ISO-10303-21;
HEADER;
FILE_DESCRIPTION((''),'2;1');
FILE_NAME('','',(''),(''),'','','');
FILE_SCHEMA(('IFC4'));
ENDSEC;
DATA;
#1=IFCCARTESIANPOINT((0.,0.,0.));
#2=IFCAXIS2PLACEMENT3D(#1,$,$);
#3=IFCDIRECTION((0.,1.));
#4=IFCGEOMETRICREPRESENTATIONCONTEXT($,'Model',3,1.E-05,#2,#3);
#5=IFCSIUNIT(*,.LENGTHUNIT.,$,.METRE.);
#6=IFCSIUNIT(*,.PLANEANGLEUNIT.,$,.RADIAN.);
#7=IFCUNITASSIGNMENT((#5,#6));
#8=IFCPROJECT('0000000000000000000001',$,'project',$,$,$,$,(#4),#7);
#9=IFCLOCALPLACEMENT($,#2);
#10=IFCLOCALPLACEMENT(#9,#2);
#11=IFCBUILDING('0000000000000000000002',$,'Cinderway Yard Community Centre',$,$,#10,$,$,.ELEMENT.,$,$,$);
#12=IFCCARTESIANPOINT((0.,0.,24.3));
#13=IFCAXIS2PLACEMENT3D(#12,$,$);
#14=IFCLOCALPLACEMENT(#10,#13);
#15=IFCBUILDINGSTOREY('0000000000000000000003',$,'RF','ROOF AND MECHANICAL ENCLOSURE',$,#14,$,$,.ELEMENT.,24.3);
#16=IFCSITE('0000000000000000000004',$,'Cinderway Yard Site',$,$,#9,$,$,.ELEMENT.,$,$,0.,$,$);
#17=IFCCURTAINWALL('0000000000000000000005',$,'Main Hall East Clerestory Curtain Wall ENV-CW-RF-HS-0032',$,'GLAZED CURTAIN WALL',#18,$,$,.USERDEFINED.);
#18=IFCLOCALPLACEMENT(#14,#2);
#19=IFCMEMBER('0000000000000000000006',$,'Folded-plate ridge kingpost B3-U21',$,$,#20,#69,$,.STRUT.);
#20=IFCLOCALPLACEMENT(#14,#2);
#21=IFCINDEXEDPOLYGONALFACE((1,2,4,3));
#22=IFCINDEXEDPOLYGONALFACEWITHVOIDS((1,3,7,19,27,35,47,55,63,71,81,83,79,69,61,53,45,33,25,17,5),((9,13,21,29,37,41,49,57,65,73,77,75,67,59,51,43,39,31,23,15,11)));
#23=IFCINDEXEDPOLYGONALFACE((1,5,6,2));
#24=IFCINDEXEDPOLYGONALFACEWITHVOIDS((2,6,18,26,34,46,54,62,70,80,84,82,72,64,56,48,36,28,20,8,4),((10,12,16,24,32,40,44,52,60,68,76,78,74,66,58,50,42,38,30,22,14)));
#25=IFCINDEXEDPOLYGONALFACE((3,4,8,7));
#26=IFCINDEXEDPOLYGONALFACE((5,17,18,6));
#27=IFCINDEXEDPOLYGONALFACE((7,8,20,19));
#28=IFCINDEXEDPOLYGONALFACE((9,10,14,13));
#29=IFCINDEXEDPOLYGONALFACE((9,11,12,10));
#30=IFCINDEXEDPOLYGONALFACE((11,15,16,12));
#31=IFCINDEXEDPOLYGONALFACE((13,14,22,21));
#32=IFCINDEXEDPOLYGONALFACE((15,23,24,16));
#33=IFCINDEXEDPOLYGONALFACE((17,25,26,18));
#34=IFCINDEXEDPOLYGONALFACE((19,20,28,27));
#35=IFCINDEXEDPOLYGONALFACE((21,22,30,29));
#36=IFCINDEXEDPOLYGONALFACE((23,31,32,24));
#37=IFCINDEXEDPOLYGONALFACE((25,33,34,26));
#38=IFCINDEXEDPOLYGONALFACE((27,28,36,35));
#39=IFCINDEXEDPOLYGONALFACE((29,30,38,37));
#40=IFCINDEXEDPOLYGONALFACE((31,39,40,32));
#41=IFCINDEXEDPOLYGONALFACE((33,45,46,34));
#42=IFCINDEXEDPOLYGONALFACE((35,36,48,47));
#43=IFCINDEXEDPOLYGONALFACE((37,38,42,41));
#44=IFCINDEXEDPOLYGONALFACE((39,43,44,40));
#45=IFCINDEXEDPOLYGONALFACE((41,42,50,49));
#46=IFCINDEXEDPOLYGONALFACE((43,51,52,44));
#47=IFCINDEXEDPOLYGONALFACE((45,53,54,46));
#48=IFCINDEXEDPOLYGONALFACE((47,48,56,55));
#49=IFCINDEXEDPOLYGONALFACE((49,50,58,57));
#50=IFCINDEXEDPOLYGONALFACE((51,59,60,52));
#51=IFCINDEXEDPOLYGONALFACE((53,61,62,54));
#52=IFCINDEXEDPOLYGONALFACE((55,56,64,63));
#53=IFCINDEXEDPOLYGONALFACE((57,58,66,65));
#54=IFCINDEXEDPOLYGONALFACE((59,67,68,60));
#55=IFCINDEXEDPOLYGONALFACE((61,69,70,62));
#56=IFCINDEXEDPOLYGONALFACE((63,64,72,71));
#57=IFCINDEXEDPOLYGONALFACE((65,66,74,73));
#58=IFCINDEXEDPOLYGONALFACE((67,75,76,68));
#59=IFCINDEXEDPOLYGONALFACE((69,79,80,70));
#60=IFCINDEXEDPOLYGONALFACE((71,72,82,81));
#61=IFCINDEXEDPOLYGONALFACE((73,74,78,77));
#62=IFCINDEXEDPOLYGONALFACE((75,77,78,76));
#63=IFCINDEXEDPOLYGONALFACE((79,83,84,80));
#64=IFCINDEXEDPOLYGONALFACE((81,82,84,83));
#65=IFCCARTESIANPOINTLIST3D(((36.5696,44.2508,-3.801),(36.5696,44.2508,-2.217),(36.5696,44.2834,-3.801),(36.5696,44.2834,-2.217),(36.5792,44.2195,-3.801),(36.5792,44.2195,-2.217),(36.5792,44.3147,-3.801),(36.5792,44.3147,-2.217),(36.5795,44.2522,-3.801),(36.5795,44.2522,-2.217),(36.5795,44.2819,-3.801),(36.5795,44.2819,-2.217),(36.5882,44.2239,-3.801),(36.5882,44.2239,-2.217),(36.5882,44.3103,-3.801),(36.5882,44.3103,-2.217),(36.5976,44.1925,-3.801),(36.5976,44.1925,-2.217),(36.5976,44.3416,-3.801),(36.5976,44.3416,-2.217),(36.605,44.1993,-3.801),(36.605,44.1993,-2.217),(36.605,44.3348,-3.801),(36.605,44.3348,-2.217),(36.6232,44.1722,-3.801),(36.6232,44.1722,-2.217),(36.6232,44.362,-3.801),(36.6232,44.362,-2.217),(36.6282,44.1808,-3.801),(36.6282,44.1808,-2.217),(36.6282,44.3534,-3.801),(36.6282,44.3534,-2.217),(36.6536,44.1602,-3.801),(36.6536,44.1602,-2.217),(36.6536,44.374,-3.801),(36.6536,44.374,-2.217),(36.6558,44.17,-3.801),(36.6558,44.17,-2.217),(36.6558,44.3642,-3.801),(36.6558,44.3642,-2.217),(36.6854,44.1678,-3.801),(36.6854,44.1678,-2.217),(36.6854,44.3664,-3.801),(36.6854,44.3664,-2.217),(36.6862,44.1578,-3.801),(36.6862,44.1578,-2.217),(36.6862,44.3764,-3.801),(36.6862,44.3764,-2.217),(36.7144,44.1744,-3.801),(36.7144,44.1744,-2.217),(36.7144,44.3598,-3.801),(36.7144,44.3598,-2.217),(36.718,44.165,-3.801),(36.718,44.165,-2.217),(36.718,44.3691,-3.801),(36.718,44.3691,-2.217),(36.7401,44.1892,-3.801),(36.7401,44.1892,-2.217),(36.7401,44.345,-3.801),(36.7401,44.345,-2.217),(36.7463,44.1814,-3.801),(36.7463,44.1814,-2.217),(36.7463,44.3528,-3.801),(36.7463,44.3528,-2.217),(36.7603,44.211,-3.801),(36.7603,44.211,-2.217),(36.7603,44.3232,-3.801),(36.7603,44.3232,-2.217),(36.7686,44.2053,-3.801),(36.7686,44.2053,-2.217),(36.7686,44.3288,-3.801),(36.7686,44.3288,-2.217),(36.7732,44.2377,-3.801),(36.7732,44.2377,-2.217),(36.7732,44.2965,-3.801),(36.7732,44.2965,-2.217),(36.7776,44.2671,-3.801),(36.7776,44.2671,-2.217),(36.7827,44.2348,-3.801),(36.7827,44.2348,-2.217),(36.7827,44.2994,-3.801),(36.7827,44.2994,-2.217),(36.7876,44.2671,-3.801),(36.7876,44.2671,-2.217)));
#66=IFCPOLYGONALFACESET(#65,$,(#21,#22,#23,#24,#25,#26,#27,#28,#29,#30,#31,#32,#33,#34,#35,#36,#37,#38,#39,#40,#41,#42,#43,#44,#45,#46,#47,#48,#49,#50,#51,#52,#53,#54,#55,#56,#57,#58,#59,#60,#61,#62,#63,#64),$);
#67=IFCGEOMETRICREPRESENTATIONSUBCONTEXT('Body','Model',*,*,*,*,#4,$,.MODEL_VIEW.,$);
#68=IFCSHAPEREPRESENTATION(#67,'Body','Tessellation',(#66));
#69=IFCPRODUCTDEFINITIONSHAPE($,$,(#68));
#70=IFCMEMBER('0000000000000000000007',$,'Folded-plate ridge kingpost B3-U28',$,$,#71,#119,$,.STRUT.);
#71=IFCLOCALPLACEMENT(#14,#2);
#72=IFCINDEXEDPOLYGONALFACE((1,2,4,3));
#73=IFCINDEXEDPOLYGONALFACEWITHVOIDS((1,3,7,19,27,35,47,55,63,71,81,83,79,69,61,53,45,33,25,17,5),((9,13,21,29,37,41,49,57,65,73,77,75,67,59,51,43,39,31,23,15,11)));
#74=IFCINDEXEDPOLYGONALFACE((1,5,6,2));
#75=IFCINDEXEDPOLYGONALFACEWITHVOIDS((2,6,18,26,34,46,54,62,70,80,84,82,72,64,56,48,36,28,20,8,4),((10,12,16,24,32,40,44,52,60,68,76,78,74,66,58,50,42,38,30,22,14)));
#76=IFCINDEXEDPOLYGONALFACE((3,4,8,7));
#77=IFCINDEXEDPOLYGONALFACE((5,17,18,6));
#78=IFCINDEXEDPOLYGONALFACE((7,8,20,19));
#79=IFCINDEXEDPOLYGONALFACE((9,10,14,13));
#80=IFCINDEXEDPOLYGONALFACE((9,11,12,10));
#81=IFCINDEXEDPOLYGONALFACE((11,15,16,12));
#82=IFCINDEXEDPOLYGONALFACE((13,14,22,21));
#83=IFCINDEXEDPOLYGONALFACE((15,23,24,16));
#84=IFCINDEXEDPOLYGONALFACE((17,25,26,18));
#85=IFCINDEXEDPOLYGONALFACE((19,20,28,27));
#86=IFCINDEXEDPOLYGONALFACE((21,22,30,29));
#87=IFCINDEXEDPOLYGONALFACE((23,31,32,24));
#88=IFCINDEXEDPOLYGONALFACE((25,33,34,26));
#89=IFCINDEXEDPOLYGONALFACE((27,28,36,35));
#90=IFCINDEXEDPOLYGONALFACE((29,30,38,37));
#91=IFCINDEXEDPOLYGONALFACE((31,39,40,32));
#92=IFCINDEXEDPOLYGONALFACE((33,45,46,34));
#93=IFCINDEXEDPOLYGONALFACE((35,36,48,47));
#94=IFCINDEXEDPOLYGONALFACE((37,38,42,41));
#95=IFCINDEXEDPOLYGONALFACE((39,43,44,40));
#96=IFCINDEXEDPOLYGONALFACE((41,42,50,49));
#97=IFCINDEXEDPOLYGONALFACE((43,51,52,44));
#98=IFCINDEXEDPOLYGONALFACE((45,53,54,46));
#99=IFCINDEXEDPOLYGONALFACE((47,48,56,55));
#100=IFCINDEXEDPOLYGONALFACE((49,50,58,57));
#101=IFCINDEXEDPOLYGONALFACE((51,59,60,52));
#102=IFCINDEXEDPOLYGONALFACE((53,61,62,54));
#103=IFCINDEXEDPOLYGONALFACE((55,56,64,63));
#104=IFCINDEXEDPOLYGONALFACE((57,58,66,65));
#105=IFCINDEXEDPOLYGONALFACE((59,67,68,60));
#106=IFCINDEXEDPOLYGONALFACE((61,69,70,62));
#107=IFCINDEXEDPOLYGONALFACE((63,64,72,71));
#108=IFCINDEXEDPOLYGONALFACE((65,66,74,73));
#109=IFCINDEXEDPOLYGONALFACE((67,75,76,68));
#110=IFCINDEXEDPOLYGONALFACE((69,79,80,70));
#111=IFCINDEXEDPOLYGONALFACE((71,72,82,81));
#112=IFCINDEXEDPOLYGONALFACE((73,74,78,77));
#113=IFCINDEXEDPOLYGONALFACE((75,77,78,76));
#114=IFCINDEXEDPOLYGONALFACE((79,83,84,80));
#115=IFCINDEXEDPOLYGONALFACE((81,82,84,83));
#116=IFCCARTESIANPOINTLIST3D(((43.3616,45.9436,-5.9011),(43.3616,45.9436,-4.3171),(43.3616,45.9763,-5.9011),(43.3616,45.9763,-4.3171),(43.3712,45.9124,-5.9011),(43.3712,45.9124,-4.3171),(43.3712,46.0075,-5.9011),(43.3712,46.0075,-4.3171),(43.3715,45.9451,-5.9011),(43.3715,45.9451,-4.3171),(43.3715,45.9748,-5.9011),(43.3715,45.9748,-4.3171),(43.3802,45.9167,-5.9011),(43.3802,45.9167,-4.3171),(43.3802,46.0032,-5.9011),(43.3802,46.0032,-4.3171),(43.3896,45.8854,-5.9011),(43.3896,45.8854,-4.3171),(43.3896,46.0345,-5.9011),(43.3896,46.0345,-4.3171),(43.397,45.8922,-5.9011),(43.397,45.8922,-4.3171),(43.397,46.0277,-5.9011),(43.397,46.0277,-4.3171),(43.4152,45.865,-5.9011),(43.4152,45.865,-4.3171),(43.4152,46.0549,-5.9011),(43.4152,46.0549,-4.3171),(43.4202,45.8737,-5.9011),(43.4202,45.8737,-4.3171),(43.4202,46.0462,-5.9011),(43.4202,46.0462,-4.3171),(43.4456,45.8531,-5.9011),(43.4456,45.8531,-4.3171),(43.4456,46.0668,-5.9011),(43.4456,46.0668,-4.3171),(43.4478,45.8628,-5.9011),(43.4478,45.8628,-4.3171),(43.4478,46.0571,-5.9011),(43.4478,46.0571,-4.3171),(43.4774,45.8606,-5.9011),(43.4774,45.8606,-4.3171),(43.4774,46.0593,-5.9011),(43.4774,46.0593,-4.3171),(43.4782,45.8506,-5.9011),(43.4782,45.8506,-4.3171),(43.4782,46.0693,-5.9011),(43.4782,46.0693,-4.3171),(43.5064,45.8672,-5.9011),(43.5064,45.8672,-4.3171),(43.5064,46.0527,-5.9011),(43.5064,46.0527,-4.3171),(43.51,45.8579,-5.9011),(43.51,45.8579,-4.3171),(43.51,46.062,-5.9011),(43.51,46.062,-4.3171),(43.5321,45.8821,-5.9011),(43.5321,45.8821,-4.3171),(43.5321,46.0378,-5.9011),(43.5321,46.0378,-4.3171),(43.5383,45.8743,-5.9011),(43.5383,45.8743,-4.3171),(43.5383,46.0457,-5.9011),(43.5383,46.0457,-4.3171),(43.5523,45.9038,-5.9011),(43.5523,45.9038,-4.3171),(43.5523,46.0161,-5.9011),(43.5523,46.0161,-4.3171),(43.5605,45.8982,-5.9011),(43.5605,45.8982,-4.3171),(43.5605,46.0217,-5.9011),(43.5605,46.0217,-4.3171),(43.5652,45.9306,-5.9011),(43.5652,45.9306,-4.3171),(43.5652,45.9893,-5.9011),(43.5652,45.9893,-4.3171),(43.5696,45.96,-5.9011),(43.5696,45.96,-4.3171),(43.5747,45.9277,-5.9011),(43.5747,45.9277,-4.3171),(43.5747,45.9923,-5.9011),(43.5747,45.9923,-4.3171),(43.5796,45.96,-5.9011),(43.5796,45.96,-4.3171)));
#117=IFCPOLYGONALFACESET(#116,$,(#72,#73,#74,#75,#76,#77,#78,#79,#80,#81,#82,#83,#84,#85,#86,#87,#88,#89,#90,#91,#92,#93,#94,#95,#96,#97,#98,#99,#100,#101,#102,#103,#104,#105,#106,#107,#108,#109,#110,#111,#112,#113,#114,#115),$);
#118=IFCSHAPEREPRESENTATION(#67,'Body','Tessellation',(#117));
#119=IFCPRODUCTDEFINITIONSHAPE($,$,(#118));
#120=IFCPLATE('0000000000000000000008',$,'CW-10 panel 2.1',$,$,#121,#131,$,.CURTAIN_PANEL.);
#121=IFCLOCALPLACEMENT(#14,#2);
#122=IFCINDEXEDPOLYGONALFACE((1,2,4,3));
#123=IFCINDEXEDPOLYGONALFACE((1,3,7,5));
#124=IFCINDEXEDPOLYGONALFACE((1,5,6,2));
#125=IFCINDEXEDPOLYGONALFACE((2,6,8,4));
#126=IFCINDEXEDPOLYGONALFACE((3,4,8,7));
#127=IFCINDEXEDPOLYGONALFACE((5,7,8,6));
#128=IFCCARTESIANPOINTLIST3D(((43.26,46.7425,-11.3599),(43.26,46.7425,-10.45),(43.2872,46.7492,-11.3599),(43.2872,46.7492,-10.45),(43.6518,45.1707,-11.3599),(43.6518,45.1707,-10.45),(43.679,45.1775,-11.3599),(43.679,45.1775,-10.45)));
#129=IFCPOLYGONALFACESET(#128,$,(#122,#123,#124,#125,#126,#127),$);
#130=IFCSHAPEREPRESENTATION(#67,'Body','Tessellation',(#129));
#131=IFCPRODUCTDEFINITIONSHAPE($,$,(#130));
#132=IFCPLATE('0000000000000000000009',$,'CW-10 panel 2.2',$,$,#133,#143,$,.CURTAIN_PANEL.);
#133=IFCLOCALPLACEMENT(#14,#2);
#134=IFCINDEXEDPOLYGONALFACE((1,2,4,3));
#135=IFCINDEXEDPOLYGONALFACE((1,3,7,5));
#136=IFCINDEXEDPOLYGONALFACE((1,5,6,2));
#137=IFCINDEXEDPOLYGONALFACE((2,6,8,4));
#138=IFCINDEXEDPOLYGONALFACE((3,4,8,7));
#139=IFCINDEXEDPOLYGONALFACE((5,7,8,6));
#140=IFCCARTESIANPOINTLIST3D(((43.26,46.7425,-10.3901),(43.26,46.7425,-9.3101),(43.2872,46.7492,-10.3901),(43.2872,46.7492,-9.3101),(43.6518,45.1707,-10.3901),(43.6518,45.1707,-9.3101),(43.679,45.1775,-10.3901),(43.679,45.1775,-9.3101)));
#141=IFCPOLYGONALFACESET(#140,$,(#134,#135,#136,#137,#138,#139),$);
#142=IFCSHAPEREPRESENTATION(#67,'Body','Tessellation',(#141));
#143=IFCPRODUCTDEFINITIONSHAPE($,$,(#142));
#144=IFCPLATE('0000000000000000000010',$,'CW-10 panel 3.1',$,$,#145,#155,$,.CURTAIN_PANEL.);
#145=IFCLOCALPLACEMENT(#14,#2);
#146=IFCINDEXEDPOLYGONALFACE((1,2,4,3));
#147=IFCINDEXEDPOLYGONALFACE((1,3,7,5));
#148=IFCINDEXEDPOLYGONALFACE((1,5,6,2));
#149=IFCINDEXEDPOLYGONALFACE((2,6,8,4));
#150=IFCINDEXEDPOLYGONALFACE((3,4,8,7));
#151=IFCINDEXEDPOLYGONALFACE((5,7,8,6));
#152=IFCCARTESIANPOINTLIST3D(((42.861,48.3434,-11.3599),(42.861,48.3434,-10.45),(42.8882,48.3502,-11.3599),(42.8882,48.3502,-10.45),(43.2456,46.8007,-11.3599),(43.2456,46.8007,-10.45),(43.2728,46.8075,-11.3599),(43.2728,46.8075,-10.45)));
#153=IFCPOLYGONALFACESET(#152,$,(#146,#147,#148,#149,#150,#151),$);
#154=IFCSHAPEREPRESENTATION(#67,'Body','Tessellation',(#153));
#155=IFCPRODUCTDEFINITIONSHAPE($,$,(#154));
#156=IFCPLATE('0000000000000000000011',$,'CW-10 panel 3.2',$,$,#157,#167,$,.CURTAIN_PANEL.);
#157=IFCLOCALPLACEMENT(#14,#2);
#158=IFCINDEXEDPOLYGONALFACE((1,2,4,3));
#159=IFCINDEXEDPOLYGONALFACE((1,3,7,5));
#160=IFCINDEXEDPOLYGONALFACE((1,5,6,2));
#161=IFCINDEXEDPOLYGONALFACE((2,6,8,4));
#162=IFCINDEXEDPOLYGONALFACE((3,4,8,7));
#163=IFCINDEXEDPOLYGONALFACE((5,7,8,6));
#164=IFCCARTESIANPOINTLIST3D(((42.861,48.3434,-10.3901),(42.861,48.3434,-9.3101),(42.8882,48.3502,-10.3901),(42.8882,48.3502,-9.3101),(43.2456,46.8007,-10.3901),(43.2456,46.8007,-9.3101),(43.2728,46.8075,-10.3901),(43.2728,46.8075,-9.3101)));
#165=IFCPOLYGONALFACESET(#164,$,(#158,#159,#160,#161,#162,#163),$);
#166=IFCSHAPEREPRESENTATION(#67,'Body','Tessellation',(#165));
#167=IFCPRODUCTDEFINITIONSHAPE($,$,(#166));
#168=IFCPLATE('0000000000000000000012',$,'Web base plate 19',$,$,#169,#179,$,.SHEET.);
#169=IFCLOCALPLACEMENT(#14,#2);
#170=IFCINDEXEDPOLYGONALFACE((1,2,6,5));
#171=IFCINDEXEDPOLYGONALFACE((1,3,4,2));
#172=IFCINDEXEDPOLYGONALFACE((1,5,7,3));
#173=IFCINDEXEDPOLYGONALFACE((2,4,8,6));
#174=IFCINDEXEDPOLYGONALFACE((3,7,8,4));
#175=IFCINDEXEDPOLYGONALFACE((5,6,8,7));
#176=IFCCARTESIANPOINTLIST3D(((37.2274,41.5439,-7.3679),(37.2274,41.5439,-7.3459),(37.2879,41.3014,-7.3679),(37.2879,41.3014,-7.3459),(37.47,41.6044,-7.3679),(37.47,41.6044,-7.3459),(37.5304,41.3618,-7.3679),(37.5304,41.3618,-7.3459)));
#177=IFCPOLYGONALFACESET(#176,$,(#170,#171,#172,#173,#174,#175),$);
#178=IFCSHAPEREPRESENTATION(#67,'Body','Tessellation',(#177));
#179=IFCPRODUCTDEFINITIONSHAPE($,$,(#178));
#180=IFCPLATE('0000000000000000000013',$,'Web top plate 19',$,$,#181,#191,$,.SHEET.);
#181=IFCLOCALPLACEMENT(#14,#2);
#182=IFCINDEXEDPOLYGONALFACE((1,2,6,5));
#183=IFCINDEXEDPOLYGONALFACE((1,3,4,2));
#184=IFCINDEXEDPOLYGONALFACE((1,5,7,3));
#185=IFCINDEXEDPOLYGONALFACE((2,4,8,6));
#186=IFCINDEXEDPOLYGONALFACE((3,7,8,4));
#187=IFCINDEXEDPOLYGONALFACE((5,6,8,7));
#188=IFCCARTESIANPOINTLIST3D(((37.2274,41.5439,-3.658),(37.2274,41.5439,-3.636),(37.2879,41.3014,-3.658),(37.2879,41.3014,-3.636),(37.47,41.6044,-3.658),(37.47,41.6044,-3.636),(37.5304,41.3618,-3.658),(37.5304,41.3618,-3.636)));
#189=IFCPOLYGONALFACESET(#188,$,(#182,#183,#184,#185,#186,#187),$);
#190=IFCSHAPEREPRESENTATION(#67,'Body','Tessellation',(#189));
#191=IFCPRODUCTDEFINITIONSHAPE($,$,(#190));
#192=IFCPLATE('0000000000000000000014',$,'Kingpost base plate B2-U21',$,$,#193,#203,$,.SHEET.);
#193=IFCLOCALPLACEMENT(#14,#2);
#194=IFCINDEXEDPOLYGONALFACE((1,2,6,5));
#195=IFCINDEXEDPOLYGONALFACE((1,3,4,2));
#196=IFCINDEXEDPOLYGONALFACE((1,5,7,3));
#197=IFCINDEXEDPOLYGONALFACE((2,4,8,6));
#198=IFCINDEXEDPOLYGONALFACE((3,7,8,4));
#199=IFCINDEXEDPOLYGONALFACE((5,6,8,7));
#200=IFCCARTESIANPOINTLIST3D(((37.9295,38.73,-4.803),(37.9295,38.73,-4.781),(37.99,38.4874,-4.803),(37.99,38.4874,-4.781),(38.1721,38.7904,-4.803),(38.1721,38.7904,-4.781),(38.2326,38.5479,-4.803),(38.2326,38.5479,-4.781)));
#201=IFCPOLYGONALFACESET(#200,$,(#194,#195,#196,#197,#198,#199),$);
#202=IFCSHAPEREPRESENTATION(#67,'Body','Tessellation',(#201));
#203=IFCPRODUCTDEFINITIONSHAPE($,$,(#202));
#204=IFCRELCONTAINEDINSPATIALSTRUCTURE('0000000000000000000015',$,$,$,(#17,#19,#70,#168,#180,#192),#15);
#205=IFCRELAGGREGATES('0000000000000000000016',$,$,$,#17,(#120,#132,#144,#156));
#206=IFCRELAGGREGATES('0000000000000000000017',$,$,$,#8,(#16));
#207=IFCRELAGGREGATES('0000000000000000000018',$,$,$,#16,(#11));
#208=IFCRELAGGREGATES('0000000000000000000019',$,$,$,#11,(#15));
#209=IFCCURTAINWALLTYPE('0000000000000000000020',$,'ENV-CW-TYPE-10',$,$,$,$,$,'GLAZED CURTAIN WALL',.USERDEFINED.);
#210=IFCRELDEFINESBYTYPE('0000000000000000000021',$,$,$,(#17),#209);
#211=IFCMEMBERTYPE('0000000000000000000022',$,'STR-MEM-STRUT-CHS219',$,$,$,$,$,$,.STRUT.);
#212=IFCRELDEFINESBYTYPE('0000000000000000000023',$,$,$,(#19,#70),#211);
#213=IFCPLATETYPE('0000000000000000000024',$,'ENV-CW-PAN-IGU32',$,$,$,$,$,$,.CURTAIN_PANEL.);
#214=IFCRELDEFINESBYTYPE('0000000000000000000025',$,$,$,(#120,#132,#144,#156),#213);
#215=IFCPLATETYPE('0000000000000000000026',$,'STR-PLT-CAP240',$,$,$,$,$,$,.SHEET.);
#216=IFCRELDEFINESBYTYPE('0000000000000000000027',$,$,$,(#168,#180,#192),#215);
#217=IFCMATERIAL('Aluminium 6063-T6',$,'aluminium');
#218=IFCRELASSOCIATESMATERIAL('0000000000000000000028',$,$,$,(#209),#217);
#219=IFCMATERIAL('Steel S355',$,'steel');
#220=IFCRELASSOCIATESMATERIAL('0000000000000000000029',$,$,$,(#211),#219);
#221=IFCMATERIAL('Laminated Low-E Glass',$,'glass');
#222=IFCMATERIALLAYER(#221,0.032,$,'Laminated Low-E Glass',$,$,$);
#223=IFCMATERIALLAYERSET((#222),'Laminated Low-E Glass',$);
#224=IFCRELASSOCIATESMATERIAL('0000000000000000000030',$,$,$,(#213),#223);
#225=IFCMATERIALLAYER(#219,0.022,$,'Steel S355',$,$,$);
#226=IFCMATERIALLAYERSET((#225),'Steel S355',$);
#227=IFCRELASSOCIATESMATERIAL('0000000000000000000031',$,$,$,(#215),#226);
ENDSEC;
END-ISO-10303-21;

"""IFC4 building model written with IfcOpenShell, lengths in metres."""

from ifc_helpers import new_model, si_unit, direction, frame, origin, origin_2d, place, context, subcontext, project, spatial, rectangle, hollow_circle, extrude, material, layer, layer_set, material_profile, profile_set, type_object, element, aggregate, save


model = new_model("IFC4")

# Units and contexts
model_context = context("Model", 3, precision=1e-05, world=origin(), true_north=direction((0.0, 1.0)))
body_context = subcontext(model_context, "Body", "Model", "MODEL_VIEW")
ifc_project = project(units=[si_unit("LENGTHUNIT", "METRE"), si_unit("PLANEANGLEUNIT", "RADIAN")], contexts=[model_context])

# Site, building, storey
site_placement = place(None, origin())
site = spatial("IfcSite", under=ifc_project, at=site_placement, Name="Cinderway Yard Site", CompositionType="ELEMENT", RefElevation=0.0)
building_placement = place(site_placement, origin())
building = spatial("IfcBuilding", under=site, at=building_placement, Name="Cinderway Yard Community Centre", CompositionType="ELEMENT")
storey_placement = place(building_placement, frame((0.0, 0.0, 24.3)))
storey = spatial("IfcBuildingStorey", under=building, at=storey_placement, Name="RF", Description="ROOF AND MECHANICAL ENCLOSURE", CompositionType="ELEMENT", Elevation=24.3)

# Curtain wall
ifc_material_1 = material(Name="Aluminium 6063-T6", Category="aluminium")
curtain_wall_type = type_object("IfcCurtainWallType", Name="ENV-CW-TYPE-10", ElementType="GLAZED CURTAIN WALL", PredefinedType="USERDEFINED", material=ifc_material_1)
curtain_wall_placement = place(storey_placement, origin())
curtain_wall = element("IfcCurtainWall", 1, at=curtain_wall_placement, inside=storey, type_object=curtain_wall_type, Name="Main Hall East Clerestory Curtain Wall ENV-CW-RF-HS-0032", ObjectType="GLAZED CURTAIN WALL", PredefinedType="USERDEFINED")

# Shared definitions
ifc_material_2 = material(Name="Steel S355", Category="steel")

# Members
ifc_material_profile_1 = material_profile(ifc_material_2, hollow_circle(Radius=0.1096, WallThickness=0.01, at=origin_2d()), Name="Steel S355")
ifc_profile_set_1 = profile_set([ifc_material_profile_1], Name="Steel S355")
member_type_1 = type_object("IfcMemberType", Name="STR-MEM-STRUT-CHS219", PredefinedType="STRUT", material=ifc_profile_set_1)
for number, where, z_axis, x_axis, name in (
    (2, (36.678, 44.2671, -3.801), (0.0, 0.0, 1.0), (1.0, 0.0, 0.0), "Folded-plate ridge kingpost B3-U21"),
    (3, (43.47, 45.96, -5.9011), (0.0, 0.0, 1.0), (1.0, 0.0, 0.0), "Folded-plate ridge kingpost B3-U28"),
):
    element("IfcMember", number, at=place(storey_placement, frame(where, z_axis=z_axis, x_axis=x_axis)), inside=storey, type_object=member_type_1, Name=name, PredefinedType="STRUT", context=body_context, shape_type="SweptSolid", body=[
        extrude(hollow_circle(Radius=0.1096, WallThickness=0.01, at=origin_2d()), origin(), (0.0, 0.0, 1.0), 1.584),
    ])

# Plates
ifc_material_3 = material(Name="Laminated Low-E Glass", Category="glass")
ifc_layer_1 = layer(ifc_material_3, 0.032, Name="Laminated Low-E Glass")
ifc_layer_set_1 = layer_set([ifc_layer_1], Name="Laminated Low-E Glass")
plate_type_1 = type_object("IfcPlateType", Name="ENV-CW-PAN-IGU32", PredefinedType="CURTAIN_PANEL", material=ifc_layer_set_1)
plate_1_placement = place(storey_placement, frame((43.4695, 45.96, -11.3599), z_axis=(0.0, 0.0, 1.0), x_axis=(-0.241882, 0.970306, 0.0)))
plate_1 = element("IfcPlate", 4, at=plate_1_placement, type_object=plate_type_1, Name="CW-10 panel 2.1", PredefinedType="CURTAIN_PANEL", context=body_context, shape_type="SweptSolid", body=[
    extrude(rectangle(XDim=1.6199, YDim=0.0281, at=origin_2d()), origin(), (0.0, 0.0, 1.0), 0.9099),
])
plate_2_placement = place(storey_placement, frame((43.4695, 45.96, -10.3901), z_axis=(0.0, 0.0, 1.0), x_axis=(-0.241882, 0.970306, 0.0)))
plate_2 = element("IfcPlate", 5, at=plate_2_placement, type_object=plate_type_1, Name="CW-10 panel 2.2", PredefinedType="CURTAIN_PANEL", context=body_context, shape_type="SweptSolid", body=[
    extrude(rectangle(XDim=1.6199, YDim=0.0281, at=origin_2d()), origin(), (0.0, 0.0, 1.0), 1.0801),
])
plate_3_placement = place(storey_placement, frame((43.0669, 47.5754, -11.3599), z_axis=(0.0, 0.0, 1.0), x_axis=(-0.241882, 0.970306, 0.0)))
plate_3 = element("IfcPlate", 6, at=plate_3_placement, type_object=plate_type_1, Name="CW-10 panel 3.1", PredefinedType="CURTAIN_PANEL", context=body_context, shape_type="SweptSolid", body=[
    extrude(rectangle(XDim=1.5898, YDim=0.0281, at=origin_2d()), origin(), (0.0, 0.0, 1.0), 0.9099),
])
plate_4_placement = place(storey_placement, frame((43.0669, 47.5754, -10.3901), z_axis=(0.0, 0.0, 1.0), x_axis=(-0.241882, 0.970306, 0.0)))
plate_4 = element("IfcPlate", 7, at=plate_4_placement, type_object=plate_type_1, Name="CW-10 panel 3.2", PredefinedType="CURTAIN_PANEL", context=body_context, shape_type="SweptSolid", body=[
    extrude(rectangle(XDim=1.5898, YDim=0.0281, at=origin_2d()), origin(), (0.0, 0.0, 1.0), 1.0801),
])
aggregate(curtain_wall, [plate_1, plate_2, plate_3, plate_4])

# Plates
ifc_layer_2 = layer(ifc_material_2, 0.022, Name="Steel S355")
ifc_layer_set_2 = layer_set([ifc_layer_2], Name="Steel S355")
plate_type_2 = type_object("IfcPlateType", Name="STR-PLT-CAP240", PredefinedType="SHEET", material=ifc_layer_set_2)
for number, where, z_axis, x_axis, name in (
    (8, (37.3789, 41.4529, -7.3679), (0.0, 0.0, 1.0), (0.970296, 0.241922, 0.0), "Web base plate 19"),
    (9, (37.3789, 41.4529, -3.658), (0.0, 0.0, 1.0), (0.970296, 0.241922, 0.0), "Web top plate 19"),
    (10, (38.0811, 38.6389, -4.803), (0.0, 0.0, 1.0), (0.970296, 0.241922, 0.0), "Kingpost base plate B2-U21"),
):
    element("IfcPlate", number, at=place(storey_placement, frame(where, z_axis=z_axis, x_axis=x_axis)), inside=storey, type_object=plate_type_2, Name=name, PredefinedType="SHEET", context=body_context, shape_type="SweptSolid", body=[
        extrude(rectangle(XDim=0.25, YDim=0.25, at=origin_2d()), origin(), (0.0, 0.0, 1.0), 0.022),
    ])

save(model, "model.ifc")
